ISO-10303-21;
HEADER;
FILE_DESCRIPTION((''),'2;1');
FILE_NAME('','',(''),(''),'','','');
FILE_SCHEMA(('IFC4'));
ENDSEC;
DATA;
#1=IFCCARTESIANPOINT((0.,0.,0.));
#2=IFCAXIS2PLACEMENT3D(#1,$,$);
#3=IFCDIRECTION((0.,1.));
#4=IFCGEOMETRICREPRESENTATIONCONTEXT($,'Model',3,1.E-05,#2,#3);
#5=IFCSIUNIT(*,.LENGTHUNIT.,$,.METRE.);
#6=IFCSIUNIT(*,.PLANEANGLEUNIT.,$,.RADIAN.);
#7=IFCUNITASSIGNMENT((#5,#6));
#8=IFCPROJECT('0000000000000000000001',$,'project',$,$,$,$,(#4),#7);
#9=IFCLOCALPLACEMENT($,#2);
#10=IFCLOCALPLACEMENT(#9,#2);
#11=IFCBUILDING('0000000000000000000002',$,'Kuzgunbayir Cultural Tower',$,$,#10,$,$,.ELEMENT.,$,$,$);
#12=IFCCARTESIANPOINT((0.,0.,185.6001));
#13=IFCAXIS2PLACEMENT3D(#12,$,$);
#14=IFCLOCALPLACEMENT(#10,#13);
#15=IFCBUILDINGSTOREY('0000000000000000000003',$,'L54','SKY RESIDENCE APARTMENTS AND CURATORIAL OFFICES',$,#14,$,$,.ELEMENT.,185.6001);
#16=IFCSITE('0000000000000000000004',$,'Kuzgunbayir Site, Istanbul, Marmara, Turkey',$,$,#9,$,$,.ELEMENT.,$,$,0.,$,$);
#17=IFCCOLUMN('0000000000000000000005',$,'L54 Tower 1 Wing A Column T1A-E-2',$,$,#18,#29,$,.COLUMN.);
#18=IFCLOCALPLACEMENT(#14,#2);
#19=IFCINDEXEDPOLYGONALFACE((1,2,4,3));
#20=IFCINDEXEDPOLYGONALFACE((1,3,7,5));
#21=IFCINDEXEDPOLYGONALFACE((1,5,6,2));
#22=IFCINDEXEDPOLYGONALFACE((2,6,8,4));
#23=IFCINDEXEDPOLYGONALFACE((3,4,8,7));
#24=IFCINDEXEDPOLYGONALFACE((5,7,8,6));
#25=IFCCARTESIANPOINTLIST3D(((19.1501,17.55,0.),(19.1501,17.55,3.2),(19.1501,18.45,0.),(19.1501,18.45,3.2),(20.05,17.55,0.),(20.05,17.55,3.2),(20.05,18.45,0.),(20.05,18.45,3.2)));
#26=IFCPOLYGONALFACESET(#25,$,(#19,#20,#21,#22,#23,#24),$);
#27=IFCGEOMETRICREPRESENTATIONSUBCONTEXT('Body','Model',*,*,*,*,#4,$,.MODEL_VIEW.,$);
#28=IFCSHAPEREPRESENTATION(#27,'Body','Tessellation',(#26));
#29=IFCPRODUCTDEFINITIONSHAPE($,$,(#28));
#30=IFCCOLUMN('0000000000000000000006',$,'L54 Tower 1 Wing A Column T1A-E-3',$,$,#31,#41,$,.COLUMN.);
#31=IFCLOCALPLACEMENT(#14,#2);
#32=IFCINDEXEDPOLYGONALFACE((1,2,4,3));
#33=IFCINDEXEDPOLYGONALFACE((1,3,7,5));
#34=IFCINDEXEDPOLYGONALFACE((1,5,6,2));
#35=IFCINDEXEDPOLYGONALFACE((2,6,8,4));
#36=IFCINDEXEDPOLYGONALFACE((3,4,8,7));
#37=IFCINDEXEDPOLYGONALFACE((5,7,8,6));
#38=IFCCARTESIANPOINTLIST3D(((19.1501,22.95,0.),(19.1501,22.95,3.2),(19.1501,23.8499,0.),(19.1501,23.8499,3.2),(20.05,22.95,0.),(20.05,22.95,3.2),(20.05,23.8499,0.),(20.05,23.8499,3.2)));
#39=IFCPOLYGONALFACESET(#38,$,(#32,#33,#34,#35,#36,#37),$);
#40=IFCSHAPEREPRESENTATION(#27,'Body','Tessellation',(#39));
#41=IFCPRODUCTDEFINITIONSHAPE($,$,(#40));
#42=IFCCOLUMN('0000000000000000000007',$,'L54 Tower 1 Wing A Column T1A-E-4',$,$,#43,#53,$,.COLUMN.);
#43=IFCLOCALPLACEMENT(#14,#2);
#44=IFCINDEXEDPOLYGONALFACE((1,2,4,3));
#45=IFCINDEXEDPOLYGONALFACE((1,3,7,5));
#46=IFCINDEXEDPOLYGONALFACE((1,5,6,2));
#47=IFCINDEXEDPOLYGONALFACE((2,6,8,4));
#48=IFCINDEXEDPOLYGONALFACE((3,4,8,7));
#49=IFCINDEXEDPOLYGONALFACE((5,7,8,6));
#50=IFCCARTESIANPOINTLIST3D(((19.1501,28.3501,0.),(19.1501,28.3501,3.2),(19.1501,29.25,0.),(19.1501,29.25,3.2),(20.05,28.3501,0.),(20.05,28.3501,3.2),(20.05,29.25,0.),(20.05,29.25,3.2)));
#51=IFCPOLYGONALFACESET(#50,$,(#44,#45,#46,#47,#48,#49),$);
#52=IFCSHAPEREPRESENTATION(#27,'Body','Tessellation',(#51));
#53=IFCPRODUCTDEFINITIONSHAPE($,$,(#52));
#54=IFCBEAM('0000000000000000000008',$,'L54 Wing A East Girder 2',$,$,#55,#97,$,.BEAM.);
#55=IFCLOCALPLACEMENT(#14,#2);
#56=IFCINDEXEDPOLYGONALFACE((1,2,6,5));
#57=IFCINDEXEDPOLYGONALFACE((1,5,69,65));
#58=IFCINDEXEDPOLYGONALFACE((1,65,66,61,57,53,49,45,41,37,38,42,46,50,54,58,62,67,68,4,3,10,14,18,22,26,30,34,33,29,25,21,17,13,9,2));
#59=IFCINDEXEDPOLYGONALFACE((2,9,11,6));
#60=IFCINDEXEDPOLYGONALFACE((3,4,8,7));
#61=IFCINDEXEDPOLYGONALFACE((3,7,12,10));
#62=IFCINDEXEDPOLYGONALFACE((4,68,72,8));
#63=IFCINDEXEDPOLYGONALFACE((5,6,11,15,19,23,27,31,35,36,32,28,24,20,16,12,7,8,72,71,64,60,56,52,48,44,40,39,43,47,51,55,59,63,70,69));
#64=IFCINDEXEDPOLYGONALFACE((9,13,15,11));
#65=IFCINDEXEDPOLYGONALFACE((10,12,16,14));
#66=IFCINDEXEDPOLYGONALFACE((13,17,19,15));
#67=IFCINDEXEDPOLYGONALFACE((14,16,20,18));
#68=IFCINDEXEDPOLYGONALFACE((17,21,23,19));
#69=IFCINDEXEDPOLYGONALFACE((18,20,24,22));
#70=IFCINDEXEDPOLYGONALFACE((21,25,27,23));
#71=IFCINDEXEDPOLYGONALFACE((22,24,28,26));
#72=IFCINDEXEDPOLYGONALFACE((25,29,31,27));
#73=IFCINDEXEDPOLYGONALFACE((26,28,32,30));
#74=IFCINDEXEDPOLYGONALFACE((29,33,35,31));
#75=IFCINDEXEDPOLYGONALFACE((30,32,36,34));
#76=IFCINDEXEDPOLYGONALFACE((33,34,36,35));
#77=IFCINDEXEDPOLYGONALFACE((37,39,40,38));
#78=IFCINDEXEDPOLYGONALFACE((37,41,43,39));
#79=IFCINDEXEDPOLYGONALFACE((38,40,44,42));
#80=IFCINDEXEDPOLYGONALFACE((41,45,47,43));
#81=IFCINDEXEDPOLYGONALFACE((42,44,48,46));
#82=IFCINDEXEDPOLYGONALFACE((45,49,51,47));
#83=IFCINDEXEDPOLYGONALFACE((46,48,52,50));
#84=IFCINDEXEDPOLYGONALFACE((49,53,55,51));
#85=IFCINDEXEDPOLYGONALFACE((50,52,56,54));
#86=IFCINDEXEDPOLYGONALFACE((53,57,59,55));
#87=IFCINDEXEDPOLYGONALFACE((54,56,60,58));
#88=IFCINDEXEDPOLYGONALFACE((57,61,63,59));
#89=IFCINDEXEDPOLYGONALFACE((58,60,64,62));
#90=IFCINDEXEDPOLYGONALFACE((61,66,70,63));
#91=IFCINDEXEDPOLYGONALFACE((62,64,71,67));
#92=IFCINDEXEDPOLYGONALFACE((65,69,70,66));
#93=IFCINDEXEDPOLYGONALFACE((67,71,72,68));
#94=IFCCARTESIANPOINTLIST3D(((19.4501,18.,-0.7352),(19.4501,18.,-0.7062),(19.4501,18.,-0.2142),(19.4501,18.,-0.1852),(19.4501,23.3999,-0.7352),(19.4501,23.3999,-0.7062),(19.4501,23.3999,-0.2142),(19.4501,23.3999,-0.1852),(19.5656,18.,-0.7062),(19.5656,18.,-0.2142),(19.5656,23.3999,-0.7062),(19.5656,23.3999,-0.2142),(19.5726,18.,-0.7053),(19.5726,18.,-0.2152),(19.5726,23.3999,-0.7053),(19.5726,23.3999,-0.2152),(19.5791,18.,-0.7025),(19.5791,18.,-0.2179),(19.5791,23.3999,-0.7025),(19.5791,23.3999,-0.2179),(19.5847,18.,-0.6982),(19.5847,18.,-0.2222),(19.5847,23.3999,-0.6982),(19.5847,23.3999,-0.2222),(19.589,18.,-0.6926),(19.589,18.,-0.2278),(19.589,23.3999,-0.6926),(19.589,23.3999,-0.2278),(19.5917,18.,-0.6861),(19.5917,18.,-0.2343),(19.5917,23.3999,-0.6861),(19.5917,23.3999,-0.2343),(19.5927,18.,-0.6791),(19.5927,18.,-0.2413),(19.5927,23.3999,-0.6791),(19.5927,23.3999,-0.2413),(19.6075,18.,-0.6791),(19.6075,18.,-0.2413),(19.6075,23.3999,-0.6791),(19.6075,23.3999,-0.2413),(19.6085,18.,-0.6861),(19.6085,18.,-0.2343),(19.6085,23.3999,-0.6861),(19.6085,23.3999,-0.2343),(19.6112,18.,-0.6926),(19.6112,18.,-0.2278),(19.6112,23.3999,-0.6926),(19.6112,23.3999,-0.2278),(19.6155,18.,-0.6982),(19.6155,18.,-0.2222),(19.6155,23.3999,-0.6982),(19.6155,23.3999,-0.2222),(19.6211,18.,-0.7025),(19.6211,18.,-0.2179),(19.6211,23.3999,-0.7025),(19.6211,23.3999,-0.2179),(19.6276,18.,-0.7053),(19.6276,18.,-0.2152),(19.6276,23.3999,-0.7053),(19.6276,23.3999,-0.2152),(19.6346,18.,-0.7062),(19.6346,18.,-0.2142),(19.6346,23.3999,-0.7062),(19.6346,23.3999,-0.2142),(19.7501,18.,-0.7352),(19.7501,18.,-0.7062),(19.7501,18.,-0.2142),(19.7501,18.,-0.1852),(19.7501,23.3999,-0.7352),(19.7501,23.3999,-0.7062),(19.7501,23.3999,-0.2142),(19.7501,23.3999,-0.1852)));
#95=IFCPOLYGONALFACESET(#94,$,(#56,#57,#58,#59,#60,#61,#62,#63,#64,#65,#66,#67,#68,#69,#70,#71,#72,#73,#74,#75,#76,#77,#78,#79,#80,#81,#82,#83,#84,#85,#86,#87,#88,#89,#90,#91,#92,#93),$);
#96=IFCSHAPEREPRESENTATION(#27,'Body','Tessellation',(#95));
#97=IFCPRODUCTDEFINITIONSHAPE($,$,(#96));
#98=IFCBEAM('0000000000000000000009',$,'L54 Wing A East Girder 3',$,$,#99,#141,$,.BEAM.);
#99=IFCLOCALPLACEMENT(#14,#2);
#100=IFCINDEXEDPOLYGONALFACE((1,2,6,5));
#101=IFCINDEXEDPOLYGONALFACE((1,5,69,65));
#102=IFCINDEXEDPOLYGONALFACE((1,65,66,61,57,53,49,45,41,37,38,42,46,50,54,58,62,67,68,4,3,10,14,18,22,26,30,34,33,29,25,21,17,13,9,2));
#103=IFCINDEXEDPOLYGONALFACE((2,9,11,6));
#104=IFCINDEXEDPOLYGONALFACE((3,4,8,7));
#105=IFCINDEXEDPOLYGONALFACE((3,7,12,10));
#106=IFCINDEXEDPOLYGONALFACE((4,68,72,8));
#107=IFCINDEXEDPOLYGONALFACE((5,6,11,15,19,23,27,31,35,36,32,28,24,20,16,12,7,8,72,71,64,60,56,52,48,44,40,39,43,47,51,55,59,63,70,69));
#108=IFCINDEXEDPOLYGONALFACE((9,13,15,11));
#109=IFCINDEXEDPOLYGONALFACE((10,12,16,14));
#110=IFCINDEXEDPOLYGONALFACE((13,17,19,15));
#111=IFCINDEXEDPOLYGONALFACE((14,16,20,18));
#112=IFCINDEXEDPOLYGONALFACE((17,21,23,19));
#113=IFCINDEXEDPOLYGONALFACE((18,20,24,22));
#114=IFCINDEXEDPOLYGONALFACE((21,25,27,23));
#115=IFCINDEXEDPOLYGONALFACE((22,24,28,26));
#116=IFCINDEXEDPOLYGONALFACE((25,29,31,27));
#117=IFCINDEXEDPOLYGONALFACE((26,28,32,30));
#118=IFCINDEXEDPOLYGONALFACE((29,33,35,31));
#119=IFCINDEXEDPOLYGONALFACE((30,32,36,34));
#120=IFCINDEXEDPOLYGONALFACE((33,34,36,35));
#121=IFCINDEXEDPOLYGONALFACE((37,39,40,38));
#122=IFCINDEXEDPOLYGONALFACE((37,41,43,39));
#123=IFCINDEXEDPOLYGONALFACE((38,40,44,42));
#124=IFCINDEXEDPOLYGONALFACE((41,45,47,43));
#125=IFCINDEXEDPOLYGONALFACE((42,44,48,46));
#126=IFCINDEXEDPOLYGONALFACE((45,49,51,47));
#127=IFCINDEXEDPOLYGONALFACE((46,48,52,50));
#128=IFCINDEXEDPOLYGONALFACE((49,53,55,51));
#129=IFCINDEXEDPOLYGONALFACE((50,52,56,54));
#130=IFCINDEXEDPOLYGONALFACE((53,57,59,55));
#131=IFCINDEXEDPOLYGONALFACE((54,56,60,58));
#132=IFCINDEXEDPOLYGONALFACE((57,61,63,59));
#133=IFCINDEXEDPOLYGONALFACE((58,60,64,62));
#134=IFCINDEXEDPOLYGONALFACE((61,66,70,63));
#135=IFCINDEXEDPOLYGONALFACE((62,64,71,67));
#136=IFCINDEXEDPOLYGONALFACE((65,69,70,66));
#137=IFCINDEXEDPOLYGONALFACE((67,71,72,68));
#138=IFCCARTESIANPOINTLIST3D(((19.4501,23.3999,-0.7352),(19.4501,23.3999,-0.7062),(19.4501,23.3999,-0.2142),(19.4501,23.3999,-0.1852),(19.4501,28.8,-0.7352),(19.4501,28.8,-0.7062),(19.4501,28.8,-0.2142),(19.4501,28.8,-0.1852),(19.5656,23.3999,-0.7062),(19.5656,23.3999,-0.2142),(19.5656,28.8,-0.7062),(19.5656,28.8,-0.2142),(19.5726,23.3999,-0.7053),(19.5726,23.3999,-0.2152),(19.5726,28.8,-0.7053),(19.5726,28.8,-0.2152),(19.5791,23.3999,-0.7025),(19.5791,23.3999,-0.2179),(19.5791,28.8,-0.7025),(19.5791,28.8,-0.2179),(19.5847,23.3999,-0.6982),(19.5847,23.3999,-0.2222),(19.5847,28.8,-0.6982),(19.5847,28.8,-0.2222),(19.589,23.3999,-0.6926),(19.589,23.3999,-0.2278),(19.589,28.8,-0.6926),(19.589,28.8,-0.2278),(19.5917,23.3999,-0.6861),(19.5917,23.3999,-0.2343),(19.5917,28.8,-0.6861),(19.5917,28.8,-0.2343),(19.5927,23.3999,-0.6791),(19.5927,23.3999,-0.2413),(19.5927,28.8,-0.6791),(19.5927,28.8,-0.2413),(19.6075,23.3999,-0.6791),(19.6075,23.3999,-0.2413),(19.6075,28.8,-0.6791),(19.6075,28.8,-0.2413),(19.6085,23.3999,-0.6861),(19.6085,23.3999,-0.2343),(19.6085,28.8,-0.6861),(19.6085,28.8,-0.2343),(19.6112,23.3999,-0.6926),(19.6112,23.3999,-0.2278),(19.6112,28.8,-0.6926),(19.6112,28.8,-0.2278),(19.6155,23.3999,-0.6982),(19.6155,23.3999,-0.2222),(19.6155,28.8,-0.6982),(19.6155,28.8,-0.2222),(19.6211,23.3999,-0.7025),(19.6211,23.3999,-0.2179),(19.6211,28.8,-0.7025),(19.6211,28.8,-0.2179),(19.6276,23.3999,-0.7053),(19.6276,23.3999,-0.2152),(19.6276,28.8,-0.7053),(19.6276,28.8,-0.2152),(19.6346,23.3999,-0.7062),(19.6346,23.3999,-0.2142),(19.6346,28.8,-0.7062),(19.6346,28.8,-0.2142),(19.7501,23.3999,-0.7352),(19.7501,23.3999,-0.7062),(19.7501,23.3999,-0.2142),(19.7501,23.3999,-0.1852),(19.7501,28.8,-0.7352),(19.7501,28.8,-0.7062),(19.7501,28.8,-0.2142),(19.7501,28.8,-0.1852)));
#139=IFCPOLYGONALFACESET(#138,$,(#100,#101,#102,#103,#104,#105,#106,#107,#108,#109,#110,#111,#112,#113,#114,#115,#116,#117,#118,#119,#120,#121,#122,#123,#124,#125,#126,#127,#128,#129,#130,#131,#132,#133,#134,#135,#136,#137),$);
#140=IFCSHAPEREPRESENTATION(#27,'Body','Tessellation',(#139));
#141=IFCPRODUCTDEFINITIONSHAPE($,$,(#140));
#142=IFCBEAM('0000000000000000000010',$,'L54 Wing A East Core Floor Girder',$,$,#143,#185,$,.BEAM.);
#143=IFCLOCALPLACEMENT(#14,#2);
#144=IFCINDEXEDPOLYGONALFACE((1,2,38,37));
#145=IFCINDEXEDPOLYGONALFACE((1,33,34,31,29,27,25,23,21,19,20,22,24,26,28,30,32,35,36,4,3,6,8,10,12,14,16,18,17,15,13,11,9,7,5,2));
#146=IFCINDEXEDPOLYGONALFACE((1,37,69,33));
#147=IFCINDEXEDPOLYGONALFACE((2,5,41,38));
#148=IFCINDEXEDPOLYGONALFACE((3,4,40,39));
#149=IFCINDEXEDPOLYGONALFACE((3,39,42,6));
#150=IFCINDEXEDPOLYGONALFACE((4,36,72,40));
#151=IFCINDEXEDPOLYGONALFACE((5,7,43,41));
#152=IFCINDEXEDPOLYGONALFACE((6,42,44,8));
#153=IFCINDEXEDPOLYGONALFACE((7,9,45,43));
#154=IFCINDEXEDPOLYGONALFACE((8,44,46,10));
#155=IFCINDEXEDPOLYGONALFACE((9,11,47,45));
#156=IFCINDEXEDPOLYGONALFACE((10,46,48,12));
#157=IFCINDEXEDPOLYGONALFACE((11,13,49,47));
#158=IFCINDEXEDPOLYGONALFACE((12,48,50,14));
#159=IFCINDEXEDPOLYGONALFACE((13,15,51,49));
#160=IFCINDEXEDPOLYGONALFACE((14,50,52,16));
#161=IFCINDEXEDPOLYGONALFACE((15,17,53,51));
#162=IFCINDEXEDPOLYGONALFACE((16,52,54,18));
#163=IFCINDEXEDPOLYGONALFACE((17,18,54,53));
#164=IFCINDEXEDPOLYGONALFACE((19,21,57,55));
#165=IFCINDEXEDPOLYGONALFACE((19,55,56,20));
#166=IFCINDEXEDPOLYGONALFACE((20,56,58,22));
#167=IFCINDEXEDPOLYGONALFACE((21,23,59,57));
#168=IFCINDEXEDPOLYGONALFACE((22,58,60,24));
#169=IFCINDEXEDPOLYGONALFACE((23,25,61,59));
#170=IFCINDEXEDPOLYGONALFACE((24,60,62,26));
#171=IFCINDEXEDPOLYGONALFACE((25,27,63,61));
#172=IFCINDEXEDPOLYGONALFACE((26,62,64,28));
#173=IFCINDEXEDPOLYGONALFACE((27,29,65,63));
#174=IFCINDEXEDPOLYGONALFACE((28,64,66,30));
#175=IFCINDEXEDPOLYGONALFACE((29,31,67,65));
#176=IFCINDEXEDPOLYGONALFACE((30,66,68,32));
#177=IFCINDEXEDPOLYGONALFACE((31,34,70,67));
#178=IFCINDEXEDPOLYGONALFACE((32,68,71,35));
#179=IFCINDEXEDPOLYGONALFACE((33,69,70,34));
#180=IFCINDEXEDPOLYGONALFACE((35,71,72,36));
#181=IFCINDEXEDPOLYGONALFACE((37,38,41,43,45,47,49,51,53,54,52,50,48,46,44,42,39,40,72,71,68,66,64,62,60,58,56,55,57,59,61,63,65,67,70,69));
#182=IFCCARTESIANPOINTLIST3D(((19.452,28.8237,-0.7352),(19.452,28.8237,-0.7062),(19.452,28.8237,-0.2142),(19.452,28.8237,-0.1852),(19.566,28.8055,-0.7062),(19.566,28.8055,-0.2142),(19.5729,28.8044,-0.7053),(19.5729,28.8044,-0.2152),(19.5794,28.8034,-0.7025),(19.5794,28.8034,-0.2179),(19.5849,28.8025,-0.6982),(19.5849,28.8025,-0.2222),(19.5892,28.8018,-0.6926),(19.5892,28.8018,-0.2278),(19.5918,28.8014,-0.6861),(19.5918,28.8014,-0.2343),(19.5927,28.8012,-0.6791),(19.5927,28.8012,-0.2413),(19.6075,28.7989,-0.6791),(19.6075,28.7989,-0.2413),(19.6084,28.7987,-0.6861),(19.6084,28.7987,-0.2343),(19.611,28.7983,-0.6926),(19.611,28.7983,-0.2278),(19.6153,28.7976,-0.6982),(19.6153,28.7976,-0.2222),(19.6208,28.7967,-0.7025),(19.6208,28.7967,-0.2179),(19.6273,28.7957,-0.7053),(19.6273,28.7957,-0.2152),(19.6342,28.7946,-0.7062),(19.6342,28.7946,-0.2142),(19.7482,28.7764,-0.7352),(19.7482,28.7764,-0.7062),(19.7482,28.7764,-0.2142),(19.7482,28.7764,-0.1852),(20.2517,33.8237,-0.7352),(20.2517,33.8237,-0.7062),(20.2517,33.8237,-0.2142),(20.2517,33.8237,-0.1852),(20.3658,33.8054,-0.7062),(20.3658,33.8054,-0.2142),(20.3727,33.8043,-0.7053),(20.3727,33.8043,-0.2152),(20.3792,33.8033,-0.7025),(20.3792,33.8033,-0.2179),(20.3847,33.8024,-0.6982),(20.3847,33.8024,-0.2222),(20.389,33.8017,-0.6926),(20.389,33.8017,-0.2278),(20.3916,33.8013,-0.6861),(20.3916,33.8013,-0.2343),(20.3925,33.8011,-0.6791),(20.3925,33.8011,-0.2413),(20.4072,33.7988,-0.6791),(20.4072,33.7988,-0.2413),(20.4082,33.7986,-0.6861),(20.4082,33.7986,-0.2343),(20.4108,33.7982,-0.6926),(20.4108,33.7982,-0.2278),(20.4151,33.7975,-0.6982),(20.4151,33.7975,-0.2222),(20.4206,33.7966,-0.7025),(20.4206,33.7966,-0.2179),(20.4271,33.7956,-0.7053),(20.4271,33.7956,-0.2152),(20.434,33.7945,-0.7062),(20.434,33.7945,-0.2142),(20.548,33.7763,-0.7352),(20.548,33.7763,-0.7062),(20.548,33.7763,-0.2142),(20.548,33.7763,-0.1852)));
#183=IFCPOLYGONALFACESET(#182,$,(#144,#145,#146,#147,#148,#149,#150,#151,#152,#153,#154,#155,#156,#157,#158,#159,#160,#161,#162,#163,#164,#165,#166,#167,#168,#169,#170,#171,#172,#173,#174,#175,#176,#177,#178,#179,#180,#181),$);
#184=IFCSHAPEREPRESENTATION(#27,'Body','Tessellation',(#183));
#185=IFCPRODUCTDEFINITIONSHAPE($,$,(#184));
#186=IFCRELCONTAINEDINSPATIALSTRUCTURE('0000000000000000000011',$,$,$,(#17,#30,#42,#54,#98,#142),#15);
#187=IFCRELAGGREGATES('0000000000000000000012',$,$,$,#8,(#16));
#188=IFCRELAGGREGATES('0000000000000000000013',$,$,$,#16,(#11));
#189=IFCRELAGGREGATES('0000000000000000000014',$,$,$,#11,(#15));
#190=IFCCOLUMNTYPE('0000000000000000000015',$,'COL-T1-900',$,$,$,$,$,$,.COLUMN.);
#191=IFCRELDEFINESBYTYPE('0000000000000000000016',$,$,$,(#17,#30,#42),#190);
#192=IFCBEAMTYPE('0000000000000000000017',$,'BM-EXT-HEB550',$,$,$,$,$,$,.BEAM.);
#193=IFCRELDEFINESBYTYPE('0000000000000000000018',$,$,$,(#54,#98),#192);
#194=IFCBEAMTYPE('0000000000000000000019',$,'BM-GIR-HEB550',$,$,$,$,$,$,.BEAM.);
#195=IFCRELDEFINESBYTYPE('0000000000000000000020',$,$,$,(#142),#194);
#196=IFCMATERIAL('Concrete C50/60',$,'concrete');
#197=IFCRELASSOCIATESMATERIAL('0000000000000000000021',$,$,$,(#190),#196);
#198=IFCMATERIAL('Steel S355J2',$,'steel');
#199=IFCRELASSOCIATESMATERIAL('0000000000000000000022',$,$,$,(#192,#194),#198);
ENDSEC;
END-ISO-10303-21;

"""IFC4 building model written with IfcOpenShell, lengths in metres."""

from ifc_helpers import new_model, si_unit, direction, frame, origin, origin_2d, place, context, subcontext, project, spatial, rectangle, i_section, extrude, material, material_profile, profile_set, type_object, element, save


model = new_model("IFC4")

# Units and contexts
model_context = context("Model", 3, precision=1e-05, world=origin(), true_north=direction((0.0, 1.0)))
body_context = subcontext(model_context, "Body", "Model", "MODEL_VIEW")
ifc_project = project(units=[si_unit("LENGTHUNIT", "METRE"), si_unit("PLANEANGLEUNIT", "RADIAN")], contexts=[model_context])

# Site, building, storey
site_placement = place(None, origin())
site = spatial("IfcSite", under=ifc_project, at=site_placement, Name="Kuzgunbayir Site, Istanbul, Marmara, Turkey", CompositionType="ELEMENT", RefElevation=0.0)
building_placement = place(site_placement, origin())
building = spatial("IfcBuilding", under=site, at=building_placement, Name="Kuzgunbayir Cultural Tower", CompositionType="ELEMENT")
storey_placement = place(building_placement, frame((0.0, 0.0, 185.6001)))
storey = spatial("IfcBuildingStorey", under=building, at=storey_placement, Name="L54", Description="SKY RESIDENCE APARTMENTS AND CURATORIAL OFFICES", CompositionType="ELEMENT", Elevation=185.6001)

# Columns
ifc_material_1 = material(Name="Concrete C50/60", Category="concrete")
ifc_material_profile_1 = material_profile(ifc_material_1, rectangle(XDim=0.8999, YDim=0.8999, at=origin_2d()), Name="RC 900x900")
ifc_profile_set_1 = profile_set([ifc_material_profile_1], Name="Concrete C50/60")
column_type = type_object("IfcColumnType", Name="COL-T1-900", PredefinedType="COLUMN", material=ifc_profile_set_1)
for number, where, z_axis, x_axis, name in (
    (1, (19.6001, 18.0, 0.0), (0.0, 0.0, 1.0), (1.0, 0.0, 0.0), "L54 Tower 1 Wing A Column T1A-E-2"),
    (2, (19.6001, 23.3999, 0.0), (0.0, 0.0, 1.0), (1.0, 0.0, 0.0), "L54 Tower 1 Wing A Column T1A-E-3"),
    (3, (19.6001, 28.8, 0.0), (0.0, 0.0, 1.0), (1.0, 0.0, 0.0), "L54 Tower 1 Wing A Column T1A-E-4"),
):
    element("IfcColumn", number, at=place(storey_placement, frame(where, z_axis=z_axis, x_axis=x_axis)), inside=storey, type_object=column_type, Name=name, PredefinedType="COLUMN", context=body_context, shape_type="SweptSolid", body=[
        extrude(rectangle(XDim=0.8999, YDim=0.8999, at=origin_2d()), origin(), (0.0, 0.0, 1.0), 3.2),
    ])

# Beams
ifc_material_2 = material(Name="Steel S355J2", Category="steel")
ifc_material_profile_2 = material_profile(ifc_material_2, i_section(OverallWidth=0.3, OverallDepth=0.55, WebThickness=0.0149, FlangeThickness=0.0291, FilletRadius=0.0271, at=origin_2d()), Name="HEB 550")
ifc_profile_set_2 = profile_set([ifc_material_profile_2], Name="Steel S355J2")
beam_type_1 = type_object("IfcBeamType", Name="BM-EXT-HEB550", PredefinedType="BEAM", material=ifc_profile_set_2)
beam_1_placement = place(storey_placement, frame((19.6001, 18.0, -0.4602), z_axis=(0.0, 1.0, 0.0), x_axis=(-1.0, 0.0, 0.0)))
element("IfcBeam", 4, at=beam_1_placement, inside=storey, type_object=beam_type_1, Name="L54 Wing A East Girder 2", PredefinedType="BEAM", context=body_context, shape_type="SweptSolid", body=[
    extrude(i_section(OverallWidth=0.3, OverallDepth=0.55, WebThickness=0.0149, FlangeThickness=0.0291, FilletRadius=0.0271, at=origin_2d()), origin(), (0.0, 0.0, 1.0), 5.3999),
])
beam_2_placement = place(storey_placement, frame((19.6001, 23.3999, -0.4602), z_axis=(0.0, 1.0, 0.0), x_axis=(-1.0, 0.0, 0.0)))
element("IfcBeam", 5, at=beam_2_placement, inside=storey, type_object=beam_type_1, Name="L54 Wing A East Girder 3", PredefinedType="BEAM", context=body_context, shape_type="SweptSolid", body=[
    extrude(i_section(OverallWidth=0.3, OverallDepth=0.55, WebThickness=0.0149, FlangeThickness=0.0291, FilletRadius=0.0271, at=origin_2d()), origin(), (0.0, 0.0, 1.0), 5.4001),
])
ifc_material_profile_3 = material_profile(ifc_material_2, i_section(OverallWidth=0.3, OverallDepth=0.55, WebThickness=0.0149, FlangeThickness=0.0291, FilletRadius=0.0271, at=origin_2d()), Name="HEB 550")
ifc_profile_set_3 = profile_set([ifc_material_profile_3], Name="Steel S355J2")
beam_type_2 = type_object("IfcBeamType", Name="BM-GIR-HEB550", PredefinedType="BEAM", material=ifc_profile_set_3)
beam_3_placement = place(storey_placement, frame((19.6001, 28.8, -0.4602), z_axis=(0.157953, 0.987447, 0.0), x_axis=(-0.987447, 0.157953, 0.0)))
element("IfcBeam", 6, at=beam_3_placement, inside=storey, type_object=beam_type_2, Name="L54 Wing A East Core Floor Girder", PredefinedType="BEAM", context=body_context, shape_type="SweptSolid", body=[
    extrude(i_section(OverallWidth=0.3, OverallDepth=0.55, WebThickness=0.0149, FlangeThickness=0.0291, FilletRadius=0.0271, at=origin_2d()), origin(), (0.0, 0.0, 1.0), 5.0635),
])

save(model, "model.ifc")
